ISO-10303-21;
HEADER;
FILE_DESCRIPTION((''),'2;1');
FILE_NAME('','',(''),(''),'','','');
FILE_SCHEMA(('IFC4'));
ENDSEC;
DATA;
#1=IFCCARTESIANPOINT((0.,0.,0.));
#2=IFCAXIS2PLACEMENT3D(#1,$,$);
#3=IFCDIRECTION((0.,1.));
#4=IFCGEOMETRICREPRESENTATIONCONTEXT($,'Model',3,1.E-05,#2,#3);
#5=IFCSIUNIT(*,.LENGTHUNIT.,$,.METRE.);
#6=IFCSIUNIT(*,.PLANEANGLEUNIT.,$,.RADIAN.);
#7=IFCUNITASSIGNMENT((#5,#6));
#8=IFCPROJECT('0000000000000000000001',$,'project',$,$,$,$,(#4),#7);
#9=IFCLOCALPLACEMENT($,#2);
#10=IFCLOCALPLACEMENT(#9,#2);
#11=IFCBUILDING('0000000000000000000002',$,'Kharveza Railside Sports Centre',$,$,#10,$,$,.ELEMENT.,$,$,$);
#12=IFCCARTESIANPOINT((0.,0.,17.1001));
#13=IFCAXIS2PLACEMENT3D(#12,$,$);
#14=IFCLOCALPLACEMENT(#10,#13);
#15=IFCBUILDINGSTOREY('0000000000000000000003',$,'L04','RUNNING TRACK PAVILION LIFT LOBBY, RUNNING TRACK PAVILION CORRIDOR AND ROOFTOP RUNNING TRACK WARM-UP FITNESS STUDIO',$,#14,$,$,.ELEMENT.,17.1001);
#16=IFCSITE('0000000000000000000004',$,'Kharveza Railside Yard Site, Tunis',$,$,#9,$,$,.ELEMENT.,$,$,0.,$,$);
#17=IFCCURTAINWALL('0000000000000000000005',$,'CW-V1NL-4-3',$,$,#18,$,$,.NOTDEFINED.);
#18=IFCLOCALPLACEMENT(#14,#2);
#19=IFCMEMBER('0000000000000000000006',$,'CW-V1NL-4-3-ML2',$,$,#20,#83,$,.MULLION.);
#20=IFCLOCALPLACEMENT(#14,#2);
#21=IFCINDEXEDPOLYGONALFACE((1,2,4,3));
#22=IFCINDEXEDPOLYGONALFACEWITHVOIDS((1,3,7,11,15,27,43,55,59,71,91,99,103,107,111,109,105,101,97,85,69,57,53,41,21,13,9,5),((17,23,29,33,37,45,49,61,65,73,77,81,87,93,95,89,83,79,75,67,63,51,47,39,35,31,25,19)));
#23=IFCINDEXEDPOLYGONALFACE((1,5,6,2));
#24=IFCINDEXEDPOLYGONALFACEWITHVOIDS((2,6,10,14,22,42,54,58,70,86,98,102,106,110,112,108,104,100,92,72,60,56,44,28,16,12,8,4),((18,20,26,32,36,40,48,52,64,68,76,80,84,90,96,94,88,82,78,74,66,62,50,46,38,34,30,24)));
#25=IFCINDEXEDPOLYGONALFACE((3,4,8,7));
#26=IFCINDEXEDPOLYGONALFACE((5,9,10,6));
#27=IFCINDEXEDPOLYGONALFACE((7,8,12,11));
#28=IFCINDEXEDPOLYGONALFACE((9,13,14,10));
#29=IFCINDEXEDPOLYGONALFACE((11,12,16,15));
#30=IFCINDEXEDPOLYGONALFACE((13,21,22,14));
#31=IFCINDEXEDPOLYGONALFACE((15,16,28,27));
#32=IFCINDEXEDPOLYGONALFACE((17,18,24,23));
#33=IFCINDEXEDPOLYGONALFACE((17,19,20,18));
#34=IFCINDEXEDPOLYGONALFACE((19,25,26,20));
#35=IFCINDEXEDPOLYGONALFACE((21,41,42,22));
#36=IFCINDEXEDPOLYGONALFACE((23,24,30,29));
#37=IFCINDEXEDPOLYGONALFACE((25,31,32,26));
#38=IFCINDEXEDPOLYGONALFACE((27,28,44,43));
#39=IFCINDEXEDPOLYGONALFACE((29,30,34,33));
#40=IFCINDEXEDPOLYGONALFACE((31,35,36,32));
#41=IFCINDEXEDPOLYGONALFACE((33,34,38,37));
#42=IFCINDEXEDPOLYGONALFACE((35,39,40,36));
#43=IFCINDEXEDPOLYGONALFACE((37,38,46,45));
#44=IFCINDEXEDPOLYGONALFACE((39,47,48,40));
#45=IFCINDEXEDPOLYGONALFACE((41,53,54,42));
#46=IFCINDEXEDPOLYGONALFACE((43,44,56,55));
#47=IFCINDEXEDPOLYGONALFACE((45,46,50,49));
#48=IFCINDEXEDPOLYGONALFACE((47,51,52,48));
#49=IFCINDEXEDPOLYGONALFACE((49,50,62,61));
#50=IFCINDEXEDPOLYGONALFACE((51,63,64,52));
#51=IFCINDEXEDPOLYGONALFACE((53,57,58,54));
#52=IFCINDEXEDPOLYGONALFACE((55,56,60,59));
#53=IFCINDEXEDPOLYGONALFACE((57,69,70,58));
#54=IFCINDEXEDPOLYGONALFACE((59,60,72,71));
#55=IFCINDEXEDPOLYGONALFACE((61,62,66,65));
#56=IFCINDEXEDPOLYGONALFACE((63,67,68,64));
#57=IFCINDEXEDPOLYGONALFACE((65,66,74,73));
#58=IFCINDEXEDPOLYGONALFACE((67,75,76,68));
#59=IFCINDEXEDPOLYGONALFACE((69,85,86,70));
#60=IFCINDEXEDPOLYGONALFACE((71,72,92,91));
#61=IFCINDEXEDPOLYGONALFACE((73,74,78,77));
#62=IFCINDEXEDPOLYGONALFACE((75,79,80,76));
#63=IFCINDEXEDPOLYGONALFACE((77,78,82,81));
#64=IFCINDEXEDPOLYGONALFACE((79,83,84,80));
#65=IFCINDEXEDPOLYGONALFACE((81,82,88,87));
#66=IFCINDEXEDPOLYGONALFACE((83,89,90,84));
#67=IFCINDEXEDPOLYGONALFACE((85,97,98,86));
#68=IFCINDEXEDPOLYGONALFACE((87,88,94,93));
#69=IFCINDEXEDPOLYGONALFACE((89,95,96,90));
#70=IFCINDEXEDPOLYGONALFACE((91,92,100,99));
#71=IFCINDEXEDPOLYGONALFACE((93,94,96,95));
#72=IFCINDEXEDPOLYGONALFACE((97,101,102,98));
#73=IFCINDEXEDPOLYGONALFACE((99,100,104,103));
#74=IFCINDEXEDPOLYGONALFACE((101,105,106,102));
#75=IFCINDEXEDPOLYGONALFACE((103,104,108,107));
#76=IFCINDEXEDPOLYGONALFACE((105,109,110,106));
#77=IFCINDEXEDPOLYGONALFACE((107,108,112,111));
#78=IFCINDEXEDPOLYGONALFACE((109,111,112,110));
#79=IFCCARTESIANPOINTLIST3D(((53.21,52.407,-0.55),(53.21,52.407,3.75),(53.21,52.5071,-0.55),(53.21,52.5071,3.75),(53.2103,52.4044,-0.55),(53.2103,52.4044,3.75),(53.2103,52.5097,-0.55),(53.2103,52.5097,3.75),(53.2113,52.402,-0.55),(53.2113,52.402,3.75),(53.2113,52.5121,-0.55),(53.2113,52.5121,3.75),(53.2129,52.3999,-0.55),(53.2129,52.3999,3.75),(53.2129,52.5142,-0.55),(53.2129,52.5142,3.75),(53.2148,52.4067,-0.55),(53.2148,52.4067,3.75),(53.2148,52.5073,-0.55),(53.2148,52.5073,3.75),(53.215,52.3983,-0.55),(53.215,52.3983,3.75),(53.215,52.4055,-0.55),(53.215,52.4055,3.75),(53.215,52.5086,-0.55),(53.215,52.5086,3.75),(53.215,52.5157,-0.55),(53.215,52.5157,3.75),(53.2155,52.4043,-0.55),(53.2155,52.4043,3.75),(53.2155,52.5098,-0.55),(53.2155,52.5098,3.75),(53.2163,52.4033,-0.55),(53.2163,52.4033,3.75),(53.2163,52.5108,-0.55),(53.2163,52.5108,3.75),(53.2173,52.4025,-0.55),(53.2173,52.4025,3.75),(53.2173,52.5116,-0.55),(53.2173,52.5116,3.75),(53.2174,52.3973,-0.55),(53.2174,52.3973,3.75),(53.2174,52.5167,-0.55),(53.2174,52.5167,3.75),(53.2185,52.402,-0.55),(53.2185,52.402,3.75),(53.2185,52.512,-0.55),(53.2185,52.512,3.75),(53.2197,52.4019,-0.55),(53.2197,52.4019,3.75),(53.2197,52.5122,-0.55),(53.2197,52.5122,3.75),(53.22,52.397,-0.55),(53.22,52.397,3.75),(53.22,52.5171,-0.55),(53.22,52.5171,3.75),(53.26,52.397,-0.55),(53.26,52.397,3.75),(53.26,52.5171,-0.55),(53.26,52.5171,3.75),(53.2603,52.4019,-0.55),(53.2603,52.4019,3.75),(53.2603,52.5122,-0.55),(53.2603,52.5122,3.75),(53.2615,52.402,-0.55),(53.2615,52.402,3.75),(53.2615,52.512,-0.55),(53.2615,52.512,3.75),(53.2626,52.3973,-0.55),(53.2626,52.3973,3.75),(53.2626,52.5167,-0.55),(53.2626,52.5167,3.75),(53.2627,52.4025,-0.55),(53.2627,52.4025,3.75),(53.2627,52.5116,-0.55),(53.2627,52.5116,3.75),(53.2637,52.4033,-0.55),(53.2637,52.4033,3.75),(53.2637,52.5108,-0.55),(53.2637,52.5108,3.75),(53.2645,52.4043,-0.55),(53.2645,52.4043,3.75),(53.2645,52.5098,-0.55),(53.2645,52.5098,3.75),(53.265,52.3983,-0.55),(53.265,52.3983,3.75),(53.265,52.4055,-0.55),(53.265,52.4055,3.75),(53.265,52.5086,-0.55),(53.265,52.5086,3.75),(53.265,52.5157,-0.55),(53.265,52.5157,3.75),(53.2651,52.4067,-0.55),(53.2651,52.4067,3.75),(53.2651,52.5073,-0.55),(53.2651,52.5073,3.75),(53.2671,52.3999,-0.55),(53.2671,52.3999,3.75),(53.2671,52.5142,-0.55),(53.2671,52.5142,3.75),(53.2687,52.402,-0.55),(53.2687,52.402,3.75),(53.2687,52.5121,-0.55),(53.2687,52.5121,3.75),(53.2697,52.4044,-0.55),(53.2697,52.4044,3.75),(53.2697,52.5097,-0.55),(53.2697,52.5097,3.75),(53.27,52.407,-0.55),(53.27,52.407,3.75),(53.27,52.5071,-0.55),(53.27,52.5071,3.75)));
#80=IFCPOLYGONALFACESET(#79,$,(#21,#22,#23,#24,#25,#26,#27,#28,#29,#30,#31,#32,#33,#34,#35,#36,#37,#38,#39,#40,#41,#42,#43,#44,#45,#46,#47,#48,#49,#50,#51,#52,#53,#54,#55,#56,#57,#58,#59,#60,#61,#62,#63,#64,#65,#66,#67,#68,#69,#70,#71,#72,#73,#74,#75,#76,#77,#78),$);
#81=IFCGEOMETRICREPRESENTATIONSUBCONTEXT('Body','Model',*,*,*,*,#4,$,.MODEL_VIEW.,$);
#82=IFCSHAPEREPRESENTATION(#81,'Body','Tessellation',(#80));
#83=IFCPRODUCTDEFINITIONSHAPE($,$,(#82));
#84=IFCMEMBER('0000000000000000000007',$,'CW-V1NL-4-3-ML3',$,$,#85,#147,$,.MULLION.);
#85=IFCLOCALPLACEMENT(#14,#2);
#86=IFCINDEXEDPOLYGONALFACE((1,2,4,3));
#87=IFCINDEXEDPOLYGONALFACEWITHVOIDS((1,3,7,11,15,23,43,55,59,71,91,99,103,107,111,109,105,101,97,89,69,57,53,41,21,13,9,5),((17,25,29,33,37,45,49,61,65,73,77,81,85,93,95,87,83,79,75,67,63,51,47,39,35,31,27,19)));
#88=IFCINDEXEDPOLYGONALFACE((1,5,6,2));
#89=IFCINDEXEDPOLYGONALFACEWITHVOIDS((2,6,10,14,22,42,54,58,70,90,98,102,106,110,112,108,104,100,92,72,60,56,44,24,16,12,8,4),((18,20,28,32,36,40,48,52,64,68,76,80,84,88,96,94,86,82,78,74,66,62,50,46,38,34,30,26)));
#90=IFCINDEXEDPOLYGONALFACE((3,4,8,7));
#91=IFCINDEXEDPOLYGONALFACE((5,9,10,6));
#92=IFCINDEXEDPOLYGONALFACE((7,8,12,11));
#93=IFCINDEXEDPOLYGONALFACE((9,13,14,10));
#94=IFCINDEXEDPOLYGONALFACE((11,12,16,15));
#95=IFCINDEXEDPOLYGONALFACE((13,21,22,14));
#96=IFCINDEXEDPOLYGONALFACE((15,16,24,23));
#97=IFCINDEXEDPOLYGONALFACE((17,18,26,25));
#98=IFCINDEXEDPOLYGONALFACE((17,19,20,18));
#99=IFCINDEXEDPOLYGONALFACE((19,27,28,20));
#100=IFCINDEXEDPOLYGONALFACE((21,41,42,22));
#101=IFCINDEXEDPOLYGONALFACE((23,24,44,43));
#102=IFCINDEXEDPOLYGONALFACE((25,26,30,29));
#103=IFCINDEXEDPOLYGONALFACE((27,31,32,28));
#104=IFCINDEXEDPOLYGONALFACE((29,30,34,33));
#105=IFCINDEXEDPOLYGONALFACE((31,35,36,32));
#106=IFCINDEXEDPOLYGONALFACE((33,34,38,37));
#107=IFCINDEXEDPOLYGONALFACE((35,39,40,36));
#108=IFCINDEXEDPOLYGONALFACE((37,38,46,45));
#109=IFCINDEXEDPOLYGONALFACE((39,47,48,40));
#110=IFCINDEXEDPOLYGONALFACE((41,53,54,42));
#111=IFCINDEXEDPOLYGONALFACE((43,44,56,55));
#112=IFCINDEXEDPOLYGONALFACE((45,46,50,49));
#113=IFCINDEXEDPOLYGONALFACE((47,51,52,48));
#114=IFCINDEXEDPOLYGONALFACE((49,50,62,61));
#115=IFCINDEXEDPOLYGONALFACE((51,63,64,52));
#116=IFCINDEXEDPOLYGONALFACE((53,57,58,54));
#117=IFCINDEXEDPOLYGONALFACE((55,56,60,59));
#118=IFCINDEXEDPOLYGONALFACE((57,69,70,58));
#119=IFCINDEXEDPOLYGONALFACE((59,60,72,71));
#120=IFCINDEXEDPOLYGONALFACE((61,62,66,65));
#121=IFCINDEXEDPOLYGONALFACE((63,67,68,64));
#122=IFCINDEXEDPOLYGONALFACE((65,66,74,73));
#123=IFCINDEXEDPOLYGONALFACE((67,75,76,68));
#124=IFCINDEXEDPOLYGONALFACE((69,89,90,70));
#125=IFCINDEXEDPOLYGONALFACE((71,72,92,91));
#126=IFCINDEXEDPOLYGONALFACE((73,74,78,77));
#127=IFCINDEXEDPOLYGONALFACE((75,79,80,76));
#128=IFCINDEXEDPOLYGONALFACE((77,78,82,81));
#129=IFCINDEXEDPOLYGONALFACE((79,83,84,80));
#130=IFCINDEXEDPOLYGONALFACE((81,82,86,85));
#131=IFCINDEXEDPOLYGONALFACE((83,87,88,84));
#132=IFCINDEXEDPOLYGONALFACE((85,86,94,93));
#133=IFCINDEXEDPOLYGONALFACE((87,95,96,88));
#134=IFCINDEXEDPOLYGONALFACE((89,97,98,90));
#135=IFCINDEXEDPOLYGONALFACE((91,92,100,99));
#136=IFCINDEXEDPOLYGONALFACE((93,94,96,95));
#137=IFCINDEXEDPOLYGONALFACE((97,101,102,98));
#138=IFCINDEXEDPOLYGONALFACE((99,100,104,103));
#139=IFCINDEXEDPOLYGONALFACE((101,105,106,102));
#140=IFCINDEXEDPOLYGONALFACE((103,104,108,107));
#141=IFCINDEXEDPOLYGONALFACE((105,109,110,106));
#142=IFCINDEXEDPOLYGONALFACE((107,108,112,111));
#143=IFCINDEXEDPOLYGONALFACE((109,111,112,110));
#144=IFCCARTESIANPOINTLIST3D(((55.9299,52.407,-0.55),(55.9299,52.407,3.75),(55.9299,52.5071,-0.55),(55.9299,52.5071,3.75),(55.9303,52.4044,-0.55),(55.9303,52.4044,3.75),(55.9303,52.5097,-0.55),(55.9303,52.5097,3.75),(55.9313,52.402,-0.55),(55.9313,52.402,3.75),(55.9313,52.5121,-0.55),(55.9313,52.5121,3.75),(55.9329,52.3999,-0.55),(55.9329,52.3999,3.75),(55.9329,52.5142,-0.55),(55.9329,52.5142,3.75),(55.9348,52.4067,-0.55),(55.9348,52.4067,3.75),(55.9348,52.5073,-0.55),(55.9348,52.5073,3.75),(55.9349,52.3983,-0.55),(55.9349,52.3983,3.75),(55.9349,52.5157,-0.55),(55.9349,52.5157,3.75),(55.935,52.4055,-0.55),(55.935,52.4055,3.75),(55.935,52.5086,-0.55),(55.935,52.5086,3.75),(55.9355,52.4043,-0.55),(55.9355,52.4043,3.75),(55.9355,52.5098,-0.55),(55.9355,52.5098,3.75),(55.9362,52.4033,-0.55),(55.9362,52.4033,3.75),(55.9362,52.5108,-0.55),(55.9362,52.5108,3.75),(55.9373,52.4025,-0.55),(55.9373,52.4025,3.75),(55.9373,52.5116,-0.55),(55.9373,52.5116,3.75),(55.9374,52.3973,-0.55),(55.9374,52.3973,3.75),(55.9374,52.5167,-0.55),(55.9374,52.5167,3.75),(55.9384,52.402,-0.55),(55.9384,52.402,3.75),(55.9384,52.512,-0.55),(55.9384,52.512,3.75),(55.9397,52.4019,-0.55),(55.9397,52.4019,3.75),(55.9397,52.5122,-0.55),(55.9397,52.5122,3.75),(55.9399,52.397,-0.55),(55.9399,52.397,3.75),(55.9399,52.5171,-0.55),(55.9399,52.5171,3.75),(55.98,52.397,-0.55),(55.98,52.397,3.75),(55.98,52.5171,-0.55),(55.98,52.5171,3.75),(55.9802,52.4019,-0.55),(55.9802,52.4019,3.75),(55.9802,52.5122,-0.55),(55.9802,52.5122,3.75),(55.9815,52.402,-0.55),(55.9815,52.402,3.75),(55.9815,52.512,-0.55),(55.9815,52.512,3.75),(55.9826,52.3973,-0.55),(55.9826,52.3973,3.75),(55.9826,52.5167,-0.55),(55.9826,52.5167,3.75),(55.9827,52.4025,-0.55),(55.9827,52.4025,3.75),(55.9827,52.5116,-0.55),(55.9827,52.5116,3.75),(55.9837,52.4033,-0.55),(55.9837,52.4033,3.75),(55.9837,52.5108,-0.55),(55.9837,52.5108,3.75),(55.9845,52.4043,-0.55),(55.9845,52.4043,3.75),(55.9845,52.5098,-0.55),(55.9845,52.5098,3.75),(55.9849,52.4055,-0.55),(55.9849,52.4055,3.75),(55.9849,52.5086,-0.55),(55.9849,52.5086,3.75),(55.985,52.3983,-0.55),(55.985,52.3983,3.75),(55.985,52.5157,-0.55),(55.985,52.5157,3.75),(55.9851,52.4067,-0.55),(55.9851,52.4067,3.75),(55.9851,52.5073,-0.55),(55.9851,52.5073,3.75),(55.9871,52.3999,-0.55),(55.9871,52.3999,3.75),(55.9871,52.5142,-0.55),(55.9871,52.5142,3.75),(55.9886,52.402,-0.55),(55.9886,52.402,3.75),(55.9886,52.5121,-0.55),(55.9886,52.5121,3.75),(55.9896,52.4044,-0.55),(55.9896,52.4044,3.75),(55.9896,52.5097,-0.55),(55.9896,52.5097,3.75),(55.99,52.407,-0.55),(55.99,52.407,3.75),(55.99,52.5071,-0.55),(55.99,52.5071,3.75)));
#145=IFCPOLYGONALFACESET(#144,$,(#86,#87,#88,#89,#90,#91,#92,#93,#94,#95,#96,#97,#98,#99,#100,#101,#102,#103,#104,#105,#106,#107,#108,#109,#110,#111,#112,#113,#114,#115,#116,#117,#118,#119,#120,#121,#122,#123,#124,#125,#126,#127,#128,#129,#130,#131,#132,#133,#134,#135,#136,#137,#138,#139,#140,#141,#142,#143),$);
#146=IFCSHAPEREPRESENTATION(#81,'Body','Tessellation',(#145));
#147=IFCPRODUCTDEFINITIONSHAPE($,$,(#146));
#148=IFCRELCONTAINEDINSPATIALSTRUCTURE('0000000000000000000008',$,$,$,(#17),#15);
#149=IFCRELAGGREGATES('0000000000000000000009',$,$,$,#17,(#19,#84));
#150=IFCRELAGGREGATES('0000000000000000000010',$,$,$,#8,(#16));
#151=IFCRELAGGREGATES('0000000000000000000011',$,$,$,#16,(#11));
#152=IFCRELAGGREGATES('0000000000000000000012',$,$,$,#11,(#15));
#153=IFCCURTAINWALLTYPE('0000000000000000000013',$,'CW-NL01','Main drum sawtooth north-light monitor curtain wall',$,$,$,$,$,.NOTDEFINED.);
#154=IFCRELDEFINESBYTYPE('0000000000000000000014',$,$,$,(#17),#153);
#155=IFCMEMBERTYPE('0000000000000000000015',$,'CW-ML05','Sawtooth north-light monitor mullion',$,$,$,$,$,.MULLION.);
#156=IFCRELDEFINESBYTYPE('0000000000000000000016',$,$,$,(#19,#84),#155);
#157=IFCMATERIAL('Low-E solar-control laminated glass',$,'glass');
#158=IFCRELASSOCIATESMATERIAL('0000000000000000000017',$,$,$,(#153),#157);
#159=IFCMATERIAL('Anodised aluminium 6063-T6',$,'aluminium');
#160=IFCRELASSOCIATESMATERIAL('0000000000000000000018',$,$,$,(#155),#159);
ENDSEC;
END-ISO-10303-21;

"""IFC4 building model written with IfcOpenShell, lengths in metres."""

from ifc_helpers import new_model, si_unit, direction, frame, origin, origin_2d, place, context, subcontext, project, spatial, hollow_rectangle, extrude, material, material_profile, profile_set, type_object, element, aggregate, save


model = new_model("IFC4")

# Units and contexts
model_context = context("Model", 3, precision=1e-05, world=origin(), true_north=direction((0.0, 1.0)))
body_context = subcontext(model_context, "Body", "Model", "MODEL_VIEW")
ifc_project = project(units=[si_unit("LENGTHUNIT", "METRE"), si_unit("PLANEANGLEUNIT", "RADIAN")], contexts=[model_context])

# Site, building, storey
site_placement = place(None, origin())
site = spatial("IfcSite", under=ifc_project, at=site_placement, Name="Kharveza Railside Yard Site, Tunis", CompositionType="ELEMENT", RefElevation=0.0)
building_placement = place(site_placement, origin())
building = spatial("IfcBuilding", under=site, at=building_placement, Name="Kharveza Railside Sports Centre", CompositionType="ELEMENT")
storey_placement = place(building_placement, frame((0.0, 0.0, 17.1001)))
storey = spatial("IfcBuildingStorey", under=building, at=storey_placement, Name="L04", Description="RUNNING TRACK PAVILION LIFT LOBBY, RUNNING TRACK PAVILION CORRIDOR AND ROOFTOP RUNNING TRACK WARM-UP FITNESS STUDIO", CompositionType="ELEMENT", Elevation=17.1001)

# Shared definitions
ifc_material_1 = material(Name="Low-E solar-control laminated glass", Category="glass")
curtain_wall_type = type_object("IfcCurtainWallType", Name="CW-NL01", Description="Main drum sawtooth north-light monitor curtain wall", PredefinedType="NOTDEFINED", material=ifc_material_1)
ifc_material_2 = material(Name="Anodised aluminium 6063-T6", Category="aluminium")
ifc_material_profile_1 = material_profile(ifc_material_2, hollow_rectangle(XDim=0.0601, YDim=0.1201, WallThickness=0.0049, InnerFilletRadius=0.0049, OuterFilletRadius=0.01, at=origin_2d()), Name="RHS 60x120x5.0")
ifc_profile_set_1 = profile_set([ifc_material_profile_1], Name="Anodised aluminium 6063-T6")
member_type_1 = type_object("IfcMemberType", Name="CW-ML05", Description="Sawtooth north-light monitor mullion", PredefinedType="MULLION", material=ifc_profile_set_1)

# Curtain wall, members
curtain_wall_1_placement = place(storey_placement, origin())
curtain_wall_1 = element("IfcCurtainWall", 1, at=curtain_wall_1_placement, inside=storey, type_object=curtain_wall_type, Name="CW-V1NL-4-3", PredefinedType="NOTDEFINED")
member_1_placement = place(storey_placement, frame((53.24, 52.457, -0.55), z_axis=(0.0, 0.0, 1.0), x_axis=(1.0, 0.0, 0.0)))
member_1 = element("IfcMember", 2, at=member_1_placement, type_object=member_type_1, Name="CW-V1NL-4-3-ML2", PredefinedType="MULLION", context=body_context, shape_type="SweptSolid", body=[
    extrude(hollow_rectangle(XDim=0.0601, YDim=0.1201, WallThickness=0.0049, InnerFilletRadius=0.0049, OuterFilletRadius=0.01, at=origin_2d()), origin(), (0.0, 0.0, 1.0), 4.3),
])
member_2_placement = place(storey_placement, frame((55.96, 52.457, -0.55), z_axis=(0.0, 0.0, 1.0), x_axis=(1.0, 0.0, 0.0)))
member_2 = element("IfcMember", 3, at=member_2_placement, type_object=member_type_1, Name="CW-V1NL-4-3-ML3", PredefinedType="MULLION", context=body_context, shape_type="SweptSolid", body=[
    extrude(hollow_rectangle(XDim=0.0601, YDim=0.1201, WallThickness=0.0049, InnerFilletRadius=0.0049, OuterFilletRadius=0.01, at=origin_2d()), origin(), (0.0, 0.0, 1.0), 4.3),
])

aggregate(curtain_wall_1, [member_1, member_2])

save(model, "model.ifc")
